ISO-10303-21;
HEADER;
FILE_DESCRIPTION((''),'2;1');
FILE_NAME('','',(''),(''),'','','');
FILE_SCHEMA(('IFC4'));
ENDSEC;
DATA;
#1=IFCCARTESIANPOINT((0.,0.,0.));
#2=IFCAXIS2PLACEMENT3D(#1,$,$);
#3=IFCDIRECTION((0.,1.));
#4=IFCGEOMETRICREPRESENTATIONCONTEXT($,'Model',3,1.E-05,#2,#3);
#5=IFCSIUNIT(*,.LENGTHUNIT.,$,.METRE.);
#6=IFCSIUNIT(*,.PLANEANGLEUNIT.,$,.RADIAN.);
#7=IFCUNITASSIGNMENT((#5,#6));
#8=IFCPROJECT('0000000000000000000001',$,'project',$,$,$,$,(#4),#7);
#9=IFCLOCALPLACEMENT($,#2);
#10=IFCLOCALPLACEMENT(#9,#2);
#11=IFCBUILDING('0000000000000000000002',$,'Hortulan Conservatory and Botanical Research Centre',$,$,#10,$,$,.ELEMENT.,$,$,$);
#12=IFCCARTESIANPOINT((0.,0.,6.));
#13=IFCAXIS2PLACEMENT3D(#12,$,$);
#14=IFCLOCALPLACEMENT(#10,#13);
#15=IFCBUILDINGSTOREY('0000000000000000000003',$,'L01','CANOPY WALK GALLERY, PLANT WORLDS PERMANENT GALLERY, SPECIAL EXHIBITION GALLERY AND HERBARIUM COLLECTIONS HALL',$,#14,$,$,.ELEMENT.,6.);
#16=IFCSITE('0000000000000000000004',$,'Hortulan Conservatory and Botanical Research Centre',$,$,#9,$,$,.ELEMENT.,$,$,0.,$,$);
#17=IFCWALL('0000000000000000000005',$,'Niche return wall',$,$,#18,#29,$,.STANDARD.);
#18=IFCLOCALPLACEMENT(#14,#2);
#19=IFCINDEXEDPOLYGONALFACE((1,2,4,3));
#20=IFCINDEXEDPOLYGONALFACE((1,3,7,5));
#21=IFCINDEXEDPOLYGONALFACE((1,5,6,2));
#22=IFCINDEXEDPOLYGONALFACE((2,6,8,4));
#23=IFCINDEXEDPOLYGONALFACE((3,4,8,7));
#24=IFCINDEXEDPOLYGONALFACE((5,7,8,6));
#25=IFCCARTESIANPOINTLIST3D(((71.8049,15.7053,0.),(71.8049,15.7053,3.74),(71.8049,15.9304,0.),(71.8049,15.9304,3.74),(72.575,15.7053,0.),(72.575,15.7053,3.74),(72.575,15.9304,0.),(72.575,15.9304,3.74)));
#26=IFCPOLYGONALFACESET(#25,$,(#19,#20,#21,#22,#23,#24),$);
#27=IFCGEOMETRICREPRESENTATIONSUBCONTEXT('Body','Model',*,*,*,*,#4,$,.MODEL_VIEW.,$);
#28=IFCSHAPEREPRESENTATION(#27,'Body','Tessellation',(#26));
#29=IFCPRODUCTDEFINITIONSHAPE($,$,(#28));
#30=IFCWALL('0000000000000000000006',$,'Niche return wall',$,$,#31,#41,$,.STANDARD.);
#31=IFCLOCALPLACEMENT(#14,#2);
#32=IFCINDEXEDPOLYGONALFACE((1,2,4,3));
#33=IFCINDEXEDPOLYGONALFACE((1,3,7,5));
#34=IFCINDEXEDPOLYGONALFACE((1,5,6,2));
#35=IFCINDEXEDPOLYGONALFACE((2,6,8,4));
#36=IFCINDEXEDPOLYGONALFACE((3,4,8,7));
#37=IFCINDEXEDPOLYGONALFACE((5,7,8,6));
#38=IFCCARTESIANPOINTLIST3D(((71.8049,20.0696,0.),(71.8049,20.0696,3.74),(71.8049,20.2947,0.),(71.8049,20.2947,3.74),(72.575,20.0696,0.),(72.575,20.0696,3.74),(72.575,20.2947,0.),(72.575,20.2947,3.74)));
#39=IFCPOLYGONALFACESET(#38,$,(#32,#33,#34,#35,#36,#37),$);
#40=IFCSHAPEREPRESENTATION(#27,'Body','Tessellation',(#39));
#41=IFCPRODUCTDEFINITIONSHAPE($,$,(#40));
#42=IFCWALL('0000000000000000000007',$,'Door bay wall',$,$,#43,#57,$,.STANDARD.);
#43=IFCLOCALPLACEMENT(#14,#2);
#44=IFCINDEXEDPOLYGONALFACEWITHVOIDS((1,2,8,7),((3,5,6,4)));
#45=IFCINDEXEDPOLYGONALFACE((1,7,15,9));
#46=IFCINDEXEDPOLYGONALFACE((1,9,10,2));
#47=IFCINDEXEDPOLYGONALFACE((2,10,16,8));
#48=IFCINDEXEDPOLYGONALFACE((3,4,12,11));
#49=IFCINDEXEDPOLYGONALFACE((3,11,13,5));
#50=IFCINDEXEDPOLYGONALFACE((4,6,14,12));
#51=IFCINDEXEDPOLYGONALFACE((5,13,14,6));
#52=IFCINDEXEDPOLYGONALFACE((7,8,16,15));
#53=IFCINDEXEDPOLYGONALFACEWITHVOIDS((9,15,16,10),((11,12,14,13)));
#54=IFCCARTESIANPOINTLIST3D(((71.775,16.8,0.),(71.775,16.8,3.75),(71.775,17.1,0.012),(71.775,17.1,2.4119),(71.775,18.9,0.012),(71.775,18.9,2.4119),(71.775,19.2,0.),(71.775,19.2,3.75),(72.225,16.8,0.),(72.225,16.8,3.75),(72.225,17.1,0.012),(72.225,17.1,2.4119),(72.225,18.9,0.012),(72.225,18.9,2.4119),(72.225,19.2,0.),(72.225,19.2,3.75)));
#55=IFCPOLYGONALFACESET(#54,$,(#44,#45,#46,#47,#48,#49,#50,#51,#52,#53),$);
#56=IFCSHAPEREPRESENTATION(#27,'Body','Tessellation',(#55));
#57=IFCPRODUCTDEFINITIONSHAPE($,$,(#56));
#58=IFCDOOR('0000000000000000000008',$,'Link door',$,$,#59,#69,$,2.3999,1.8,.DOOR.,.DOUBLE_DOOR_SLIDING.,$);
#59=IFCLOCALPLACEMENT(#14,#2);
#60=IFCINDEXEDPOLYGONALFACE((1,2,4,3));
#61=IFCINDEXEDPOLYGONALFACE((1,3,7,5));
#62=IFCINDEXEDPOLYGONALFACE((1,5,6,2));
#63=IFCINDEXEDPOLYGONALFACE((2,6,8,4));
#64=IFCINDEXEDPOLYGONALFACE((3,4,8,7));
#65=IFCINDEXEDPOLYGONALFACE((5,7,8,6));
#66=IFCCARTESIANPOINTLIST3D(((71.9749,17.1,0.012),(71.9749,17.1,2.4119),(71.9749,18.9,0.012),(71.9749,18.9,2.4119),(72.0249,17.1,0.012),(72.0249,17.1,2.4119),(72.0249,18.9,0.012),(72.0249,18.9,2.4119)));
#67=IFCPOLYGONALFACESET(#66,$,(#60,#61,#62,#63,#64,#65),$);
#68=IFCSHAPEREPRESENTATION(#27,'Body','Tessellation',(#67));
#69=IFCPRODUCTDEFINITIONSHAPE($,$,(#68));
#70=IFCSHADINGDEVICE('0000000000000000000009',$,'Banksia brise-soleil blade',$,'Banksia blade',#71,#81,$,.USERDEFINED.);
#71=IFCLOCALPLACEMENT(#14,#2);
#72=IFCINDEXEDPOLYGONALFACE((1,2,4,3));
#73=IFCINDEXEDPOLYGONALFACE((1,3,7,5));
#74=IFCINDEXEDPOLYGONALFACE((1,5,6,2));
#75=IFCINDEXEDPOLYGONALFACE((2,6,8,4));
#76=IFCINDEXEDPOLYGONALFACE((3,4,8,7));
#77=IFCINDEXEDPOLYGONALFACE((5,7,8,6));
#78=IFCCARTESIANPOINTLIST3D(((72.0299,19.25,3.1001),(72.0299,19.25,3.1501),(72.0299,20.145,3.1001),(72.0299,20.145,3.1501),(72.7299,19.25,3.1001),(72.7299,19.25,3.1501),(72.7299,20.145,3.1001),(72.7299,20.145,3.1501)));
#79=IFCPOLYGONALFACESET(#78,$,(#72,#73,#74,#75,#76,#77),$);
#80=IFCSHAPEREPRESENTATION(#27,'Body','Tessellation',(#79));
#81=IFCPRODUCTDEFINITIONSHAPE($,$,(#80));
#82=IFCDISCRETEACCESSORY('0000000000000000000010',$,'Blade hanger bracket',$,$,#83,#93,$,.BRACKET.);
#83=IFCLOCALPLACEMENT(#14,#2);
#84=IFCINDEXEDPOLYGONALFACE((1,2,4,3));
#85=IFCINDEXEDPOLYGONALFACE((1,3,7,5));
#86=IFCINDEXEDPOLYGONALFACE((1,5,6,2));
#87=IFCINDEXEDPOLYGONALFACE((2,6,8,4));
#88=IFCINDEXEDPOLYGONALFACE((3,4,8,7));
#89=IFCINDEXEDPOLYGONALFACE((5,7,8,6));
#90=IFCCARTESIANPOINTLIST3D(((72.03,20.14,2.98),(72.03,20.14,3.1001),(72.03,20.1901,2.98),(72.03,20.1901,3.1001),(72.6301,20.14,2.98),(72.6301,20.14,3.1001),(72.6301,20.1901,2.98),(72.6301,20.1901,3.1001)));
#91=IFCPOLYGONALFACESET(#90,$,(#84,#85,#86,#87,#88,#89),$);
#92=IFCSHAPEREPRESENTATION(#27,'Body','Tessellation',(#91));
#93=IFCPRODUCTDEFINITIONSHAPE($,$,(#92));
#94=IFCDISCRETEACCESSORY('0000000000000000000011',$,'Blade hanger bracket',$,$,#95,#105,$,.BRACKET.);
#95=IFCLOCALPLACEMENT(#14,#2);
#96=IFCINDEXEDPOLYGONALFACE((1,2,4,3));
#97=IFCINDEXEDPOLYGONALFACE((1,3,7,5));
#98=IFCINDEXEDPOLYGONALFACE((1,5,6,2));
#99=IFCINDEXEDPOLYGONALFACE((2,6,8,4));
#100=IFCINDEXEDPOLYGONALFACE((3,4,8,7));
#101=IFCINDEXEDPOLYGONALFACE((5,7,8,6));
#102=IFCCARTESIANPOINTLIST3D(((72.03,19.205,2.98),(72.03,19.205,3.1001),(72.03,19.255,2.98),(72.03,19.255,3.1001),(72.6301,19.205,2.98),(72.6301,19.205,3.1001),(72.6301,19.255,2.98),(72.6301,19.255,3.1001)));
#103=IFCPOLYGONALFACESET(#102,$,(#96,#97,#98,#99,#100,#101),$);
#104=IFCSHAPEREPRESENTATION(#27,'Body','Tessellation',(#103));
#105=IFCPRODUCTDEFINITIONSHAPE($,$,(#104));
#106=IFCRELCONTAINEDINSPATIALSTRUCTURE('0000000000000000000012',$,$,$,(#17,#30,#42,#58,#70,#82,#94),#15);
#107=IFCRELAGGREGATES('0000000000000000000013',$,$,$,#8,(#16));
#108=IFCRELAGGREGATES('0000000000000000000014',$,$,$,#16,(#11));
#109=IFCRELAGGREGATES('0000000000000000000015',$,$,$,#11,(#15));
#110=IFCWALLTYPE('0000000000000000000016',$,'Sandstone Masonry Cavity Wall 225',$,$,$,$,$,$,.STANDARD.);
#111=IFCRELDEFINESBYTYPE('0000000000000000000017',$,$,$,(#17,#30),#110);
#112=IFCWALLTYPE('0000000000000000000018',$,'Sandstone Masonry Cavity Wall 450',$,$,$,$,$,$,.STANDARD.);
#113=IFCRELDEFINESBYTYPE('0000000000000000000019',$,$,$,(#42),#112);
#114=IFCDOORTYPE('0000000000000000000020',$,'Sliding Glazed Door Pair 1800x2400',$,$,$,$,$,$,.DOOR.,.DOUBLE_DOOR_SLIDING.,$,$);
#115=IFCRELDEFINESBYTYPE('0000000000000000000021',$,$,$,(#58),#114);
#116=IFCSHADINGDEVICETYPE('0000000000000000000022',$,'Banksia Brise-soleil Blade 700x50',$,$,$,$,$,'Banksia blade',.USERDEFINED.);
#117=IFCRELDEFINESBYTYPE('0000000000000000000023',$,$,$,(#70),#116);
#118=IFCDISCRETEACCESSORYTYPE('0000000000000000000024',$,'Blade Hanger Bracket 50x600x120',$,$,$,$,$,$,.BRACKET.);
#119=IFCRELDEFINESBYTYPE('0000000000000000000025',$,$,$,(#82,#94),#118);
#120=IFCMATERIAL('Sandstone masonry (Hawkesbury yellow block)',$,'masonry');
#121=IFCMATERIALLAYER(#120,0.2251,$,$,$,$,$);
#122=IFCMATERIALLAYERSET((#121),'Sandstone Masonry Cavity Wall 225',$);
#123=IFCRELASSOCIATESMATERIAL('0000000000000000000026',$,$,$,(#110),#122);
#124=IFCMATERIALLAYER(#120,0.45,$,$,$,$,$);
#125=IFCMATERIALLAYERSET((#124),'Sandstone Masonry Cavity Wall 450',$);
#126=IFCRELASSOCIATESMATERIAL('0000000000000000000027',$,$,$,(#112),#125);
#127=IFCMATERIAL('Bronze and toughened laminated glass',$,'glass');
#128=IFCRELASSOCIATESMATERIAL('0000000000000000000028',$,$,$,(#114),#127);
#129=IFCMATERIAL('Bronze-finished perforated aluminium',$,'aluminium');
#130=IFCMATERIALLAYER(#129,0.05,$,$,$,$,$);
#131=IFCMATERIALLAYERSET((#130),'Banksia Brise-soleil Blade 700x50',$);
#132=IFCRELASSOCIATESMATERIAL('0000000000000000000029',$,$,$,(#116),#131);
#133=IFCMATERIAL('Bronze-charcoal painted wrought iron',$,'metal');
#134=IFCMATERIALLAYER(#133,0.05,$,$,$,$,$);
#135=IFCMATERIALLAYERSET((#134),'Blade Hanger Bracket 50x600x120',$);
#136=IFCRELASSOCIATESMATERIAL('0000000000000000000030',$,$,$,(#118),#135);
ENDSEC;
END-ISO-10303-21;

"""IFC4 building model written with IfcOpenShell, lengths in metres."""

from ifc_helpers import new_model, si_unit, direction, frame, frame_2d, origin, origin_2d, place, context, subcontext, project, spatial, rectangle, extrude, material, layer, layer_set, type_object, element, fill, save


model = new_model("IFC4")

# Units and contexts
model_context = context("Model", 3, precision=1e-05, world=origin(), true_north=direction((0.0, 1.0)))
body_context = subcontext(model_context, "Body", "Model", "MODEL_VIEW")
ifc_project = project(units=[si_unit("LENGTHUNIT", "METRE"), si_unit("PLANEANGLEUNIT", "RADIAN")], contexts=[model_context])

# Site, building, storey
site_placement = place(None, origin())
site = spatial("IfcSite", under=ifc_project, at=site_placement, Name="Hortulan Conservatory and Botanical Research Centre", CompositionType="ELEMENT", RefElevation=0.0)
building_placement = place(site_placement, origin())
building = spatial("IfcBuilding", under=site, at=building_placement, Name="Hortulan Conservatory and Botanical Research Centre", CompositionType="ELEMENT")
storey_placement = place(building_placement, frame((0.0, 0.0, 6.0)))
storey = spatial("IfcBuildingStorey", under=building, at=storey_placement, Name="L01", Description="CANOPY WALK GALLERY, PLANT WORLDS PERMANENT GALLERY, SPECIAL EXHIBITION GALLERY AND HERBARIUM COLLECTIONS HALL", CompositionType="ELEMENT", Elevation=6.0)

# Walls
ifc_material_1 = material(Name="Sandstone masonry (Hawkesbury yellow block)", Category="masonry")
ifc_layer_1 = layer(ifc_material_1, 0.2251)
ifc_layer_set_1 = layer_set([ifc_layer_1], Name="Sandstone Masonry Cavity Wall 225")
wall_type_1 = type_object("IfcWallType", Name="Sandstone Masonry Cavity Wall 225", PredefinedType="STANDARD", material=ifc_layer_set_1)
for number, where, z_axis, x_axis, name in (
    (1, (71.8049, 15.8179, 0.0), (0.0, 0.0, 1.0), (1.0, 0.0, 0.0), "Niche return wall"),
    (2, (71.8049, 20.1821, 0.0), (0.0, 0.0, 1.0), (1.0, 0.0, 0.0), "Niche return wall"),
):
    element("IfcWall", number, at=place(storey_placement, frame(where, z_axis=z_axis, x_axis=x_axis)), inside=storey, type_object=wall_type_1, Name=name, PredefinedType="STANDARD", context=body_context, shape_type="SweptSolid", body=[
        extrude(rectangle(XDim=0.77, YDim=0.2251, at=frame_2d((0.385, 0.0))), origin(), (0.0, 0.0, 1.0), 3.74),
    ])

# Wall, opening, door
ifc_layer_2 = layer(ifc_material_1, 0.45)
ifc_layer_set_2 = layer_set([ifc_layer_2], Name="Sandstone Masonry Cavity Wall 450")
wall_type_2 = type_object("IfcWallType", Name="Sandstone Masonry Cavity Wall 450", PredefinedType="STANDARD", material=ifc_layer_set_2)
wall_placement = place(storey_placement, frame((72.0, 19.2, 0.0), z_axis=(0.0, 0.0, 1.0), x_axis=(0.0, -1.0, 0.0)))
wall = element("IfcWall", 3, at=wall_placement, inside=storey, type_object=wall_type_2, Name="Door bay wall", PredefinedType="STANDARD", context=body_context, shape_type="SweptSolid", body=[
    extrude(rectangle(XDim=2.3999, YDim=0.45, at=frame_2d((1.2, 0.0))), origin(), (0.0, 0.0, 1.0), 3.75),
])
opening_placement = place(wall_placement, frame((0.3, 0.0, 0.012)))
opening = element("IfcOpeningElement", 4, at=opening_placement, cuts=wall, PredefinedType="OPENING", context=body_context, shape_type="SweptSolid", body=[
    extrude(rectangle(XDim=1.8, YDim=2.3999, at=frame_2d((0.8999, 1.2))), frame((0.0, 0.2349, 0.0), z_axis=(0.0, -1.0, 0.0), x_axis=(1.0, 0.0, 0.0)), (0.0, 0.0, 1.0), 0.47),
])
ifc_material_2 = material(Name="Bronze and toughened laminated glass", Category="glass")
door_type = type_object("IfcDoorType", Name="Sliding Glazed Door Pair 1800x2400", OperationType="DOUBLE_DOOR_SLIDING", PredefinedType="DOOR", material=ifc_material_2)
door_placement = place(opening_placement, origin())
door = element("IfcDoor", 5, at=door_placement, inside=storey, type_object=door_type, Name="Link door", OperationType="DOUBLE_DOOR_SLIDING", OverallHeight=2.3999, OverallWidth=1.8, PredefinedType="DOOR", context=body_context, shape_type="SweptSolid", body=[
    extrude(rectangle(XDim=1.8, YDim=2.3999, at=frame_2d((0.8999, 1.2))), frame((0.0, 0.0249, 0.0), z_axis=(0.0, -1.0, 0.0), x_axis=(1.0, 0.0, 0.0)), (0.0, 0.0, 1.0), 0.05),
])
fill(opening, door)

# Shading device
ifc_material_3 = material(Name="Bronze-finished perforated aluminium", Category="aluminium")
ifc_layer_3 = layer(ifc_material_3, 0.05)
ifc_layer_set_3 = layer_set([ifc_layer_3], Name="Banksia Brise-soleil Blade 700x50")
shading_device_type = type_object("IfcShadingDeviceType", Name="Banksia Brise-soleil Blade 700x50", ElementType="Banksia blade", PredefinedType="USERDEFINED", material=ifc_layer_set_3)
shading_device_placement = place(storey_placement, frame((72.3799, 19.6975, 3.1001), z_axis=(0.0, 0.0, 1.0), x_axis=(0.0, -1.0, 0.0)))
element("IfcShadingDevice", 6, at=shading_device_placement, inside=storey, type_object=shading_device_type, Name="Banksia brise-soleil blade", ObjectType="Banksia blade", PredefinedType="USERDEFINED", context=body_context, shape_type="SweptSolid", body=[
    extrude(rectangle(XDim=0.895, YDim=0.7, at=origin_2d()), origin(), (0.0, 0.0, 1.0), 0.05),
])

# Discrete accessories
ifc_material_4 = material(Name="Bronze-charcoal painted wrought iron", Category="metal")
ifc_layer_4 = layer(ifc_material_4, 0.05)
ifc_layer_set_4 = layer_set([ifc_layer_4], Name="Blade Hanger Bracket 50x600x120")
discrete_accessory_type = type_object("IfcDiscreteAccessoryType", Name="Blade Hanger Bracket 50x600x120", PredefinedType="BRACKET", material=ifc_layer_set_4)
for number, where, z_axis, x_axis, name in (
    (7, (72.3301, 20.165, 2.98), (0.0, 0.0, 1.0), (0.0, -1.0, 0.0), "Blade hanger bracket"),
    (8, (72.3301, 19.23, 2.98), (0.0, 0.0, 1.0), (0.0, -1.0, 0.0), "Blade hanger bracket"),
):
    element("IfcDiscreteAccessory", number, at=place(storey_placement, frame(where, z_axis=z_axis, x_axis=x_axis)), inside=storey, type_object=discrete_accessory_type, Name=name, PredefinedType="BRACKET", context=body_context, shape_type="SweptSolid", body=[
        extrude(rectangle(XDim=0.05, YDim=0.6001, at=origin_2d()), origin(), (0.0, 0.0, 1.0), 0.1201),
    ])

save(model, "model.ifc")
